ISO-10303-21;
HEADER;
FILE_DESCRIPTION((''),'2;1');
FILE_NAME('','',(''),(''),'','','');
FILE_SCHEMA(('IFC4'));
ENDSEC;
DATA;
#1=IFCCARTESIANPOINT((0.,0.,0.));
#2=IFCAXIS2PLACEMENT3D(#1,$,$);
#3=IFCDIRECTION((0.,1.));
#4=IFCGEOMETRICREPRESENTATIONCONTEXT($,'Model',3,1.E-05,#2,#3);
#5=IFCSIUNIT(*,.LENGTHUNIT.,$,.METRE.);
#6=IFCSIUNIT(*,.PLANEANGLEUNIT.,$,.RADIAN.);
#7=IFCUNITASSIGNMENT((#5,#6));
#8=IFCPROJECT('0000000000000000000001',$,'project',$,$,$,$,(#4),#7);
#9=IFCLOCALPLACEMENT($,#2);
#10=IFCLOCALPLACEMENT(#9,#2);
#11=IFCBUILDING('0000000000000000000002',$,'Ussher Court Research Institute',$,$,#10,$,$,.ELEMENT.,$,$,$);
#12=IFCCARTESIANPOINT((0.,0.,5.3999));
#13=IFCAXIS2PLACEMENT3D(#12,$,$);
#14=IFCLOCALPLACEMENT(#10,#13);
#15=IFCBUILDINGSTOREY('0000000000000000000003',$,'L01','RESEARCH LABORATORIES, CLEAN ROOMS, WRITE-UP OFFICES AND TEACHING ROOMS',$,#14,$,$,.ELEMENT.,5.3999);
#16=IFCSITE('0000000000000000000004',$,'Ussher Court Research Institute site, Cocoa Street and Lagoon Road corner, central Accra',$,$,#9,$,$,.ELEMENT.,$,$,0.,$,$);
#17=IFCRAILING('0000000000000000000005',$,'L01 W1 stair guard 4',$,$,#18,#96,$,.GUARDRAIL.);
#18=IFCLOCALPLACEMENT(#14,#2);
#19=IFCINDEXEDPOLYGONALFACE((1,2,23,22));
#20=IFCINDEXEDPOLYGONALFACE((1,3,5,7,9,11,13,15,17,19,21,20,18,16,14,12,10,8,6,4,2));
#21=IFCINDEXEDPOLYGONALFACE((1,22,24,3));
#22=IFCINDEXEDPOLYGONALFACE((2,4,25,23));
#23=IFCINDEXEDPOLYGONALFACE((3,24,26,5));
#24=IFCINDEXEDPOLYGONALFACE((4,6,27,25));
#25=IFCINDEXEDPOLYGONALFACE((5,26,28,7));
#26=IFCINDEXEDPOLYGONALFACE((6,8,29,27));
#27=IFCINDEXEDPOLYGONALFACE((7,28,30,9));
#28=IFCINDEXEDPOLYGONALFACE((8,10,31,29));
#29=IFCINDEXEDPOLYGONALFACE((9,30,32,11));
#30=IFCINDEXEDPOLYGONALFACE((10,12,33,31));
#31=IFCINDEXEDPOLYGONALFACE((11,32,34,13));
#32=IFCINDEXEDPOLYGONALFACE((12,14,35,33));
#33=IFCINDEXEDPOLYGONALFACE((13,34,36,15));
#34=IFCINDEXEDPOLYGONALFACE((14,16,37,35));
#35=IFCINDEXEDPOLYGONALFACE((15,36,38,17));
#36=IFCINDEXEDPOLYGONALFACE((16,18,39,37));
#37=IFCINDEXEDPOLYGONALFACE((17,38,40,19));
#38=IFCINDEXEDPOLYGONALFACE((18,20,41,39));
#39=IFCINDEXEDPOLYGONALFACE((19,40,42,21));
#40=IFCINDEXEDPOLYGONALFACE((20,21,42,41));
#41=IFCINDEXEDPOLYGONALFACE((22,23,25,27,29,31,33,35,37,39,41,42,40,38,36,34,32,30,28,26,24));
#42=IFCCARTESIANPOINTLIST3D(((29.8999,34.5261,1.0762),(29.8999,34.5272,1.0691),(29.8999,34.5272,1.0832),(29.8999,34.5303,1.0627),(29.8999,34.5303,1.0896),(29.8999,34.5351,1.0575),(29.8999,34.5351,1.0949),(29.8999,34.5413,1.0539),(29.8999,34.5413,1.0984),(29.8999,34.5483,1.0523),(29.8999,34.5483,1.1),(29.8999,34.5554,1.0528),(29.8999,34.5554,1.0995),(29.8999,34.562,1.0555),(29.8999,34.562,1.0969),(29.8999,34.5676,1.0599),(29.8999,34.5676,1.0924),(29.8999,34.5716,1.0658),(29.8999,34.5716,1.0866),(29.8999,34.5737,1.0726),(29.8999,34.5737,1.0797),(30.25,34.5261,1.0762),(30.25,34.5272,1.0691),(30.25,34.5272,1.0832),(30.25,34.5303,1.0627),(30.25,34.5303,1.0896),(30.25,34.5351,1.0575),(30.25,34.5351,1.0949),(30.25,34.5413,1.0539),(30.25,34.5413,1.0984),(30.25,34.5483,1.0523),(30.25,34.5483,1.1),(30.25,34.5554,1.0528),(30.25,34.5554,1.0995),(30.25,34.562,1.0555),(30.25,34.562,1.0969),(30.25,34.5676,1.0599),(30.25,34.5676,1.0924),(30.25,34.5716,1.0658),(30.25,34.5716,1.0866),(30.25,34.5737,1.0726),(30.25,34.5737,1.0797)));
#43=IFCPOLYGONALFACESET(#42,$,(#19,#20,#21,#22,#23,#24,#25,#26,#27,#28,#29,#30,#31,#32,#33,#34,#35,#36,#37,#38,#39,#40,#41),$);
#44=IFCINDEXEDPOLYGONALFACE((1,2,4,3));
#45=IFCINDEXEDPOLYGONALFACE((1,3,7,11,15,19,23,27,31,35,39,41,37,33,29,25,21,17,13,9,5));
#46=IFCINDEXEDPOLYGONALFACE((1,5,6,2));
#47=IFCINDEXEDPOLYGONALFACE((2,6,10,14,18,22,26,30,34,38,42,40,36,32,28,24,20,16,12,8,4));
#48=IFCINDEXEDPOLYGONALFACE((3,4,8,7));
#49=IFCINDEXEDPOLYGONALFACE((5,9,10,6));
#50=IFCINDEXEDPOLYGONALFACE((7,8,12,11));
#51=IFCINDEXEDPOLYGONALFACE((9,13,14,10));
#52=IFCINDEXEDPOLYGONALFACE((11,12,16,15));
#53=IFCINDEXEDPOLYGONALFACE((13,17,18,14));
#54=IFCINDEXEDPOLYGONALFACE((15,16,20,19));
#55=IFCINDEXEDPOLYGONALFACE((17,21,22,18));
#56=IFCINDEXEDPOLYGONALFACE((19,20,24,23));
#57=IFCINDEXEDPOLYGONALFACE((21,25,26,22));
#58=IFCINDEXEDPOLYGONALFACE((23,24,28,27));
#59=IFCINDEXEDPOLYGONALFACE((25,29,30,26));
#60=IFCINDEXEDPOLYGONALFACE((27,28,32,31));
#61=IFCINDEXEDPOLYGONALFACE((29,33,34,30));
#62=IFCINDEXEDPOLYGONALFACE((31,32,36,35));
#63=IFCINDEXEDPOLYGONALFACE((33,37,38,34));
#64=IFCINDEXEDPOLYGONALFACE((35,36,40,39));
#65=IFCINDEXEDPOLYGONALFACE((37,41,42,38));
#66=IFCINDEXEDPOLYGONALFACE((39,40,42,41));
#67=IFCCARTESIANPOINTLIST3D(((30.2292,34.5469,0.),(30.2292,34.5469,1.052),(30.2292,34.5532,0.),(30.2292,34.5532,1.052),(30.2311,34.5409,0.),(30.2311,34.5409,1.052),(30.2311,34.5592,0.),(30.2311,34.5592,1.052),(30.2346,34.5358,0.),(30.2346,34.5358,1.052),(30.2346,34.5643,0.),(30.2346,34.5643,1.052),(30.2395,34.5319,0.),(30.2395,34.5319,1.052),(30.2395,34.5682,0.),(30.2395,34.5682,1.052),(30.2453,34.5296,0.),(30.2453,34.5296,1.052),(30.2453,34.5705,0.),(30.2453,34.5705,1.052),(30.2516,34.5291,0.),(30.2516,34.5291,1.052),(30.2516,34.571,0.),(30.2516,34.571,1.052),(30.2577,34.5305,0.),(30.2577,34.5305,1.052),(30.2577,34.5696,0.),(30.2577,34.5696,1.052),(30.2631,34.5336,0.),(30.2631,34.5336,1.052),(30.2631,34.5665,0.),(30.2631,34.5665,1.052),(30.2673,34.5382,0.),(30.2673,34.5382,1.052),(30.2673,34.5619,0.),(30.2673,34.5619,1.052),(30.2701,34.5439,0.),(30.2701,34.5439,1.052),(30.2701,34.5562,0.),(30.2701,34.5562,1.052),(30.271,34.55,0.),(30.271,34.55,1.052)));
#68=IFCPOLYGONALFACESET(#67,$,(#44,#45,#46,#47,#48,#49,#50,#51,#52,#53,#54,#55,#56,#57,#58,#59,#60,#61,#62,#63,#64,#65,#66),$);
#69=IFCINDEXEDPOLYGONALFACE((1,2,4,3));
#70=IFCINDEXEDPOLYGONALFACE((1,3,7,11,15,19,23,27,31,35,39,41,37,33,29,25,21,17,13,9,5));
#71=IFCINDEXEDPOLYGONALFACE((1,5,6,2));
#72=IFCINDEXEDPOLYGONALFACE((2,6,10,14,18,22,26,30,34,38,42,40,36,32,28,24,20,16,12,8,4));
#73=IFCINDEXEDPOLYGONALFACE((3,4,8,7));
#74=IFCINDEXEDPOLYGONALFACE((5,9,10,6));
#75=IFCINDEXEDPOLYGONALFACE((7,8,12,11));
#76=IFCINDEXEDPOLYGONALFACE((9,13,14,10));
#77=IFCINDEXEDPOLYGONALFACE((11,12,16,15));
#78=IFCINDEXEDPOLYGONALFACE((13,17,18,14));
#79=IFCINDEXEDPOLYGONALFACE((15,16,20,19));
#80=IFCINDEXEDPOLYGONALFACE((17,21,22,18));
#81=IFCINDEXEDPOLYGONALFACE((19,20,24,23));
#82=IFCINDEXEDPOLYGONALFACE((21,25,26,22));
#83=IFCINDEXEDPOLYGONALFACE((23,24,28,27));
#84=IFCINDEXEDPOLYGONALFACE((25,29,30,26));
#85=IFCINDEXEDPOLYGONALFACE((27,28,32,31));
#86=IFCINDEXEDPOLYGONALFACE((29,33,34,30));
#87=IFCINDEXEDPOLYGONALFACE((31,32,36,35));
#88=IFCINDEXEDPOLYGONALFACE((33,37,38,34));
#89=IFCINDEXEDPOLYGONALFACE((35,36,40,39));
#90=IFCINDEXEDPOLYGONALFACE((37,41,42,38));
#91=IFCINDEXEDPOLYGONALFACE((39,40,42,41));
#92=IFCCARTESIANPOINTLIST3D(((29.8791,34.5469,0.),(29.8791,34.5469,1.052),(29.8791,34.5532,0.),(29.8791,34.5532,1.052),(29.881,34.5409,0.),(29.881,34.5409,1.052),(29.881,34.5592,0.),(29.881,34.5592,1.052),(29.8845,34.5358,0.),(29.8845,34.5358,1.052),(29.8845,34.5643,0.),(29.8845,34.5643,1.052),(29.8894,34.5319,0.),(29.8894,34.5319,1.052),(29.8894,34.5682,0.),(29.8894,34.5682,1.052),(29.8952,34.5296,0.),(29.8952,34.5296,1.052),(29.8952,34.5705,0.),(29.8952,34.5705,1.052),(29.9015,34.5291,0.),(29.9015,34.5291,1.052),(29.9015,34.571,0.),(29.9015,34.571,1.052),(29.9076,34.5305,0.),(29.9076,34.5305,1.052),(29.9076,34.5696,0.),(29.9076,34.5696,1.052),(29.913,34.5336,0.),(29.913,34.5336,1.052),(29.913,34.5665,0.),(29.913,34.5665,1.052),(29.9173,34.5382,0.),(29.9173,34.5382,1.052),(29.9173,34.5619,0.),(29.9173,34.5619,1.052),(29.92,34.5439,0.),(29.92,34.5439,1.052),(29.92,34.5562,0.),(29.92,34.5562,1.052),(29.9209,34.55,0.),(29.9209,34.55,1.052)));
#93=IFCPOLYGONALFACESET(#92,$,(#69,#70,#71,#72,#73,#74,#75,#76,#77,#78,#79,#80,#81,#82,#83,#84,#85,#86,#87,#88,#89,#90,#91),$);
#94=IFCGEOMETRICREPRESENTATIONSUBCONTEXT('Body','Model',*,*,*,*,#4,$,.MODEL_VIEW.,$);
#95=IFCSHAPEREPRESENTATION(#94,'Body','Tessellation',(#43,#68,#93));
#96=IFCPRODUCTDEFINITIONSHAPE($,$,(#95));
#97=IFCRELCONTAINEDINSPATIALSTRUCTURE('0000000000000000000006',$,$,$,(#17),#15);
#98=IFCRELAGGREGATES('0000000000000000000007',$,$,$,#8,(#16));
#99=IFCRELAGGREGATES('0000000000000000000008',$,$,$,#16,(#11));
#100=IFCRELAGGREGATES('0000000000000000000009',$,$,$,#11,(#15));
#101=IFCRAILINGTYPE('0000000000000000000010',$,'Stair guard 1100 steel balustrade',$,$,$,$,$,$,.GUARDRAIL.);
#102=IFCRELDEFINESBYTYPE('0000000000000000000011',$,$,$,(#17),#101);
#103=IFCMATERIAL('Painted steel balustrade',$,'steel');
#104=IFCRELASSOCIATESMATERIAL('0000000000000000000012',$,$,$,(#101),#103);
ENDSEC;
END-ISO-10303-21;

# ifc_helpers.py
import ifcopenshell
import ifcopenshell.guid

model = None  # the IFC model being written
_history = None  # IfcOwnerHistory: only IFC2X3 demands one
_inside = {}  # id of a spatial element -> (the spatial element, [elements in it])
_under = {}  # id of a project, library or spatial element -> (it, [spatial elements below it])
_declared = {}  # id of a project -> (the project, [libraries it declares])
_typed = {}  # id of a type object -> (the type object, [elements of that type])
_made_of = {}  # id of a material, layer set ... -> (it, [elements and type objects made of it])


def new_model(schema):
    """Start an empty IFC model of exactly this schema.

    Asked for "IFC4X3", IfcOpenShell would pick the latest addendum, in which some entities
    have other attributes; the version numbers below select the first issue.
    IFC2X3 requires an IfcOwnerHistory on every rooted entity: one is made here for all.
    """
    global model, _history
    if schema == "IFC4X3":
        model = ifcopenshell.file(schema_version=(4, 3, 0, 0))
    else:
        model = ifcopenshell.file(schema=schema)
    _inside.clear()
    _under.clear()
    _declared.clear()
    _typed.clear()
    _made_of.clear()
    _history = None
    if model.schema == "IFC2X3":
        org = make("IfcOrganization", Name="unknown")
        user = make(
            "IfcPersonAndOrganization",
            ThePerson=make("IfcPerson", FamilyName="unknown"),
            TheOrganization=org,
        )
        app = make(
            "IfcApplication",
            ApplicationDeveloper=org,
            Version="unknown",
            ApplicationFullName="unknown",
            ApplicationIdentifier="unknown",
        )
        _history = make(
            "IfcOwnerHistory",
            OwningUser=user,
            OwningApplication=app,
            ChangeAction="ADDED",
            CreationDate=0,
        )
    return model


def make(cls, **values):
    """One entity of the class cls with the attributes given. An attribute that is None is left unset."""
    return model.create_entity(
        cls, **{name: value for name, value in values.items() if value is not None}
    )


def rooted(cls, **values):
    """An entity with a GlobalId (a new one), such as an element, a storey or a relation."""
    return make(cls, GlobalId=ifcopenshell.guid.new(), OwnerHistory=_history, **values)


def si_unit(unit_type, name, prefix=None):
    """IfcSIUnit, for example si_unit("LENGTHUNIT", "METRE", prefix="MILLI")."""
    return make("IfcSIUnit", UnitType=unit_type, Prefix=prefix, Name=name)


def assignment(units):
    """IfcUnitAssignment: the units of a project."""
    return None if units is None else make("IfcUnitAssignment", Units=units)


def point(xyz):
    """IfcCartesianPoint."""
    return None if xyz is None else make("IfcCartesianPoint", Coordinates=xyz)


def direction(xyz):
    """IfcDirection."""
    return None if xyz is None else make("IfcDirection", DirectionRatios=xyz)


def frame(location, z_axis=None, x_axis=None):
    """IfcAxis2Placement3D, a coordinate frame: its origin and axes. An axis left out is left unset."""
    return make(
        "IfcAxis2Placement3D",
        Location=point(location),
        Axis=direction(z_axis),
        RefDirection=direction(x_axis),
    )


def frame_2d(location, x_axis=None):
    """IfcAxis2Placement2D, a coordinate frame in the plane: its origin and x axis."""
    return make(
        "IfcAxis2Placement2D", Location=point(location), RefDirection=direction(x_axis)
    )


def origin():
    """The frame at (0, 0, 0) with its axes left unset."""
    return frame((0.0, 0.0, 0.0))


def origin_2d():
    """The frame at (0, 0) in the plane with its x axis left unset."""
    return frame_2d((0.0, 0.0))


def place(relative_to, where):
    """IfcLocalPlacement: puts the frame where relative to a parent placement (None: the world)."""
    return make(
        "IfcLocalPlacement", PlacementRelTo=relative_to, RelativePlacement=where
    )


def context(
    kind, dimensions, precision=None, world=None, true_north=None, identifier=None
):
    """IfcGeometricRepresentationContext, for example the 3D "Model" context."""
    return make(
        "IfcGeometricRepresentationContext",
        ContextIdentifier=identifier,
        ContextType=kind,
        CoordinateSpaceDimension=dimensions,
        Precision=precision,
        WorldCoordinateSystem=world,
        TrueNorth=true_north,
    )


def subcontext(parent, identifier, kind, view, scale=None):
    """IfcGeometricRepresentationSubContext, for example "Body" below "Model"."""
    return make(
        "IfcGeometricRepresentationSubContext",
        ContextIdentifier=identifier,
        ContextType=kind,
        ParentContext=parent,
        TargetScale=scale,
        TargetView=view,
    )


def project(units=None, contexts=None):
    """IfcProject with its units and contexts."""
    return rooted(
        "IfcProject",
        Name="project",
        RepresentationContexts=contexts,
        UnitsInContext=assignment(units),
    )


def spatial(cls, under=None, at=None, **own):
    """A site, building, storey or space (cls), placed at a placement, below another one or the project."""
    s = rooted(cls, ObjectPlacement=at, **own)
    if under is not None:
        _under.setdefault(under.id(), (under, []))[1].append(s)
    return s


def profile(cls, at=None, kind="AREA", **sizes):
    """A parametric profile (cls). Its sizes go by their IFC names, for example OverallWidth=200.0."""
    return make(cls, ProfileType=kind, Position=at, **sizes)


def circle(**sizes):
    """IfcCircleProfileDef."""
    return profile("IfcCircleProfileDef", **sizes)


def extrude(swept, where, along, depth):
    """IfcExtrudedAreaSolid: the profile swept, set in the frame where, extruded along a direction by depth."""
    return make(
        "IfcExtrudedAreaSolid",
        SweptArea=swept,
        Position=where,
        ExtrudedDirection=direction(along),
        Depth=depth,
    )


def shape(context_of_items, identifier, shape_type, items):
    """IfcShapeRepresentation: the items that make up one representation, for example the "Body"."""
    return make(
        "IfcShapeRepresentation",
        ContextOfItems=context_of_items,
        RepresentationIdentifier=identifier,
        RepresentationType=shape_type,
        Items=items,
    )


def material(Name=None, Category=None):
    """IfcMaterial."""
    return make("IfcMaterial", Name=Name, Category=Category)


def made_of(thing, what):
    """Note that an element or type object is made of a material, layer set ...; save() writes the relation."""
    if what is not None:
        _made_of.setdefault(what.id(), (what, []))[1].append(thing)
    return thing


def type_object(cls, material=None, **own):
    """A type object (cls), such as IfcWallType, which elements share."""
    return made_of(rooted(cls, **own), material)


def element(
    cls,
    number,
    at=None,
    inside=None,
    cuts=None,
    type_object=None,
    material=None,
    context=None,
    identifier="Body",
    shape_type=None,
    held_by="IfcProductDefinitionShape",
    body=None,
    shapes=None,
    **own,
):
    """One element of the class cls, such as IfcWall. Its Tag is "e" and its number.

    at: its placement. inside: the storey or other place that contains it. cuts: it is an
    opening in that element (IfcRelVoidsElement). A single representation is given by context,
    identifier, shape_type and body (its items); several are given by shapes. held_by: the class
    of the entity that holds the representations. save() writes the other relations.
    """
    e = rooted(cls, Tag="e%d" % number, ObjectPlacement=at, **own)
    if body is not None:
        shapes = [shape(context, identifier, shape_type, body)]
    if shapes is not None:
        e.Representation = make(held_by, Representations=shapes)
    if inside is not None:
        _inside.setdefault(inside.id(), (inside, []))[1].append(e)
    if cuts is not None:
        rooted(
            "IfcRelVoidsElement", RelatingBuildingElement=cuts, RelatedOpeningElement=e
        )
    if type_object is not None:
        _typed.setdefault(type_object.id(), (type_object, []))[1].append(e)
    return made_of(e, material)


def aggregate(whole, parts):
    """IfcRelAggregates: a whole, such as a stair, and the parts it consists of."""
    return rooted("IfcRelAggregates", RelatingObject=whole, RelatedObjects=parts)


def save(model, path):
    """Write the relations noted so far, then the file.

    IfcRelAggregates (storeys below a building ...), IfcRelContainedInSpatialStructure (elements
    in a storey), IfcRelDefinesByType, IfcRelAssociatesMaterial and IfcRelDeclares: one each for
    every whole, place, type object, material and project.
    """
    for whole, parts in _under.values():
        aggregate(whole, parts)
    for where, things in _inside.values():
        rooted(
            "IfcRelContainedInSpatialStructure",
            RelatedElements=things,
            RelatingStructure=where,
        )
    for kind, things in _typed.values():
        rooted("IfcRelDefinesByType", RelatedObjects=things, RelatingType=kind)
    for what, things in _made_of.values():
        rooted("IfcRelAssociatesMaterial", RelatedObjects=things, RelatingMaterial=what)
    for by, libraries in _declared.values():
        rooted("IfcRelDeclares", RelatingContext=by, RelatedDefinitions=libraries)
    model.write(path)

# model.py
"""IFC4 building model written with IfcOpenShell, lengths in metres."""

from ifc_helpers import new_model, si_unit, direction, frame, origin, origin_2d, place, context, subcontext, project, spatial, circle, extrude, material, type_object, element, save


model = new_model("IFC4")

# Units and contexts
model_context = context("Model", 3, precision=1e-05, world=origin(), true_north=direction((0.0, 1.0)))
body_context = subcontext(model_context, "Body", "Model", "MODEL_VIEW")
ifc_project = project(units=[si_unit("LENGTHUNIT", "METRE"), si_unit("PLANEANGLEUNIT", "RADIAN")], contexts=[model_context])

# Site, building, storey
site_placement = place(None, origin())
site = spatial("IfcSite", under=ifc_project, at=site_placement, Name="Ussher Court Research Institute site, Cocoa Street and Lagoon Road corner, central Accra", CompositionType="ELEMENT", RefElevation=0.0)
building_placement = place(site_placement, origin())
building = spatial("IfcBuilding", under=site, at=building_placement, Name="Ussher Court Research Institute", CompositionType="ELEMENT")
storey_placement = place(building_placement, frame((0.0, 0.0, 5.3999)))
storey = spatial("IfcBuildingStorey", under=building, at=storey_placement, Name="L01", Description="RESEARCH LABORATORIES, CLEAN ROOMS, WRITE-UP OFFICES AND TEACHING ROOMS", CompositionType="ELEMENT", Elevation=5.3999)

# Railing
ifc_material_1 = material(Name="Painted steel balustrade", Category="steel")
railing_type_1 = type_object("IfcRailingType", Name="Stair guard 1100 steel balustrade", PredefinedType="GUARDRAIL", material=ifc_material_1)
railing_1_placement = place(storey_placement, frame((30.25, 34.55, 0.0)))
element("IfcRailing", 1, at=railing_1_placement, inside=storey, type_object=railing_type_1, Name="L01 W1 stair guard 4", PredefinedType="GUARDRAIL", context=body_context, shape_type="SweptSolid", body=[
    extrude(circle(Radius=0.0239, at=origin_2d()), frame((0.0, 0.0, 1.0762), z_axis=(-1.0, 0.0, 0.0), x_axis=(0.0, -1.0, 0.0)), (0.0, 0.0, 1.0), 0.3501),
    extrude(circle(Radius=0.021, at=origin_2d()), origin(), (0.0, 0.0, 1.0), 1.052),
    extrude(circle(Radius=0.021, at=origin_2d()), frame((-0.3501, 0.0, 0.0)), (0.0, 0.0, 1.0), 1.052),
])

save(model, "model.ifc")
